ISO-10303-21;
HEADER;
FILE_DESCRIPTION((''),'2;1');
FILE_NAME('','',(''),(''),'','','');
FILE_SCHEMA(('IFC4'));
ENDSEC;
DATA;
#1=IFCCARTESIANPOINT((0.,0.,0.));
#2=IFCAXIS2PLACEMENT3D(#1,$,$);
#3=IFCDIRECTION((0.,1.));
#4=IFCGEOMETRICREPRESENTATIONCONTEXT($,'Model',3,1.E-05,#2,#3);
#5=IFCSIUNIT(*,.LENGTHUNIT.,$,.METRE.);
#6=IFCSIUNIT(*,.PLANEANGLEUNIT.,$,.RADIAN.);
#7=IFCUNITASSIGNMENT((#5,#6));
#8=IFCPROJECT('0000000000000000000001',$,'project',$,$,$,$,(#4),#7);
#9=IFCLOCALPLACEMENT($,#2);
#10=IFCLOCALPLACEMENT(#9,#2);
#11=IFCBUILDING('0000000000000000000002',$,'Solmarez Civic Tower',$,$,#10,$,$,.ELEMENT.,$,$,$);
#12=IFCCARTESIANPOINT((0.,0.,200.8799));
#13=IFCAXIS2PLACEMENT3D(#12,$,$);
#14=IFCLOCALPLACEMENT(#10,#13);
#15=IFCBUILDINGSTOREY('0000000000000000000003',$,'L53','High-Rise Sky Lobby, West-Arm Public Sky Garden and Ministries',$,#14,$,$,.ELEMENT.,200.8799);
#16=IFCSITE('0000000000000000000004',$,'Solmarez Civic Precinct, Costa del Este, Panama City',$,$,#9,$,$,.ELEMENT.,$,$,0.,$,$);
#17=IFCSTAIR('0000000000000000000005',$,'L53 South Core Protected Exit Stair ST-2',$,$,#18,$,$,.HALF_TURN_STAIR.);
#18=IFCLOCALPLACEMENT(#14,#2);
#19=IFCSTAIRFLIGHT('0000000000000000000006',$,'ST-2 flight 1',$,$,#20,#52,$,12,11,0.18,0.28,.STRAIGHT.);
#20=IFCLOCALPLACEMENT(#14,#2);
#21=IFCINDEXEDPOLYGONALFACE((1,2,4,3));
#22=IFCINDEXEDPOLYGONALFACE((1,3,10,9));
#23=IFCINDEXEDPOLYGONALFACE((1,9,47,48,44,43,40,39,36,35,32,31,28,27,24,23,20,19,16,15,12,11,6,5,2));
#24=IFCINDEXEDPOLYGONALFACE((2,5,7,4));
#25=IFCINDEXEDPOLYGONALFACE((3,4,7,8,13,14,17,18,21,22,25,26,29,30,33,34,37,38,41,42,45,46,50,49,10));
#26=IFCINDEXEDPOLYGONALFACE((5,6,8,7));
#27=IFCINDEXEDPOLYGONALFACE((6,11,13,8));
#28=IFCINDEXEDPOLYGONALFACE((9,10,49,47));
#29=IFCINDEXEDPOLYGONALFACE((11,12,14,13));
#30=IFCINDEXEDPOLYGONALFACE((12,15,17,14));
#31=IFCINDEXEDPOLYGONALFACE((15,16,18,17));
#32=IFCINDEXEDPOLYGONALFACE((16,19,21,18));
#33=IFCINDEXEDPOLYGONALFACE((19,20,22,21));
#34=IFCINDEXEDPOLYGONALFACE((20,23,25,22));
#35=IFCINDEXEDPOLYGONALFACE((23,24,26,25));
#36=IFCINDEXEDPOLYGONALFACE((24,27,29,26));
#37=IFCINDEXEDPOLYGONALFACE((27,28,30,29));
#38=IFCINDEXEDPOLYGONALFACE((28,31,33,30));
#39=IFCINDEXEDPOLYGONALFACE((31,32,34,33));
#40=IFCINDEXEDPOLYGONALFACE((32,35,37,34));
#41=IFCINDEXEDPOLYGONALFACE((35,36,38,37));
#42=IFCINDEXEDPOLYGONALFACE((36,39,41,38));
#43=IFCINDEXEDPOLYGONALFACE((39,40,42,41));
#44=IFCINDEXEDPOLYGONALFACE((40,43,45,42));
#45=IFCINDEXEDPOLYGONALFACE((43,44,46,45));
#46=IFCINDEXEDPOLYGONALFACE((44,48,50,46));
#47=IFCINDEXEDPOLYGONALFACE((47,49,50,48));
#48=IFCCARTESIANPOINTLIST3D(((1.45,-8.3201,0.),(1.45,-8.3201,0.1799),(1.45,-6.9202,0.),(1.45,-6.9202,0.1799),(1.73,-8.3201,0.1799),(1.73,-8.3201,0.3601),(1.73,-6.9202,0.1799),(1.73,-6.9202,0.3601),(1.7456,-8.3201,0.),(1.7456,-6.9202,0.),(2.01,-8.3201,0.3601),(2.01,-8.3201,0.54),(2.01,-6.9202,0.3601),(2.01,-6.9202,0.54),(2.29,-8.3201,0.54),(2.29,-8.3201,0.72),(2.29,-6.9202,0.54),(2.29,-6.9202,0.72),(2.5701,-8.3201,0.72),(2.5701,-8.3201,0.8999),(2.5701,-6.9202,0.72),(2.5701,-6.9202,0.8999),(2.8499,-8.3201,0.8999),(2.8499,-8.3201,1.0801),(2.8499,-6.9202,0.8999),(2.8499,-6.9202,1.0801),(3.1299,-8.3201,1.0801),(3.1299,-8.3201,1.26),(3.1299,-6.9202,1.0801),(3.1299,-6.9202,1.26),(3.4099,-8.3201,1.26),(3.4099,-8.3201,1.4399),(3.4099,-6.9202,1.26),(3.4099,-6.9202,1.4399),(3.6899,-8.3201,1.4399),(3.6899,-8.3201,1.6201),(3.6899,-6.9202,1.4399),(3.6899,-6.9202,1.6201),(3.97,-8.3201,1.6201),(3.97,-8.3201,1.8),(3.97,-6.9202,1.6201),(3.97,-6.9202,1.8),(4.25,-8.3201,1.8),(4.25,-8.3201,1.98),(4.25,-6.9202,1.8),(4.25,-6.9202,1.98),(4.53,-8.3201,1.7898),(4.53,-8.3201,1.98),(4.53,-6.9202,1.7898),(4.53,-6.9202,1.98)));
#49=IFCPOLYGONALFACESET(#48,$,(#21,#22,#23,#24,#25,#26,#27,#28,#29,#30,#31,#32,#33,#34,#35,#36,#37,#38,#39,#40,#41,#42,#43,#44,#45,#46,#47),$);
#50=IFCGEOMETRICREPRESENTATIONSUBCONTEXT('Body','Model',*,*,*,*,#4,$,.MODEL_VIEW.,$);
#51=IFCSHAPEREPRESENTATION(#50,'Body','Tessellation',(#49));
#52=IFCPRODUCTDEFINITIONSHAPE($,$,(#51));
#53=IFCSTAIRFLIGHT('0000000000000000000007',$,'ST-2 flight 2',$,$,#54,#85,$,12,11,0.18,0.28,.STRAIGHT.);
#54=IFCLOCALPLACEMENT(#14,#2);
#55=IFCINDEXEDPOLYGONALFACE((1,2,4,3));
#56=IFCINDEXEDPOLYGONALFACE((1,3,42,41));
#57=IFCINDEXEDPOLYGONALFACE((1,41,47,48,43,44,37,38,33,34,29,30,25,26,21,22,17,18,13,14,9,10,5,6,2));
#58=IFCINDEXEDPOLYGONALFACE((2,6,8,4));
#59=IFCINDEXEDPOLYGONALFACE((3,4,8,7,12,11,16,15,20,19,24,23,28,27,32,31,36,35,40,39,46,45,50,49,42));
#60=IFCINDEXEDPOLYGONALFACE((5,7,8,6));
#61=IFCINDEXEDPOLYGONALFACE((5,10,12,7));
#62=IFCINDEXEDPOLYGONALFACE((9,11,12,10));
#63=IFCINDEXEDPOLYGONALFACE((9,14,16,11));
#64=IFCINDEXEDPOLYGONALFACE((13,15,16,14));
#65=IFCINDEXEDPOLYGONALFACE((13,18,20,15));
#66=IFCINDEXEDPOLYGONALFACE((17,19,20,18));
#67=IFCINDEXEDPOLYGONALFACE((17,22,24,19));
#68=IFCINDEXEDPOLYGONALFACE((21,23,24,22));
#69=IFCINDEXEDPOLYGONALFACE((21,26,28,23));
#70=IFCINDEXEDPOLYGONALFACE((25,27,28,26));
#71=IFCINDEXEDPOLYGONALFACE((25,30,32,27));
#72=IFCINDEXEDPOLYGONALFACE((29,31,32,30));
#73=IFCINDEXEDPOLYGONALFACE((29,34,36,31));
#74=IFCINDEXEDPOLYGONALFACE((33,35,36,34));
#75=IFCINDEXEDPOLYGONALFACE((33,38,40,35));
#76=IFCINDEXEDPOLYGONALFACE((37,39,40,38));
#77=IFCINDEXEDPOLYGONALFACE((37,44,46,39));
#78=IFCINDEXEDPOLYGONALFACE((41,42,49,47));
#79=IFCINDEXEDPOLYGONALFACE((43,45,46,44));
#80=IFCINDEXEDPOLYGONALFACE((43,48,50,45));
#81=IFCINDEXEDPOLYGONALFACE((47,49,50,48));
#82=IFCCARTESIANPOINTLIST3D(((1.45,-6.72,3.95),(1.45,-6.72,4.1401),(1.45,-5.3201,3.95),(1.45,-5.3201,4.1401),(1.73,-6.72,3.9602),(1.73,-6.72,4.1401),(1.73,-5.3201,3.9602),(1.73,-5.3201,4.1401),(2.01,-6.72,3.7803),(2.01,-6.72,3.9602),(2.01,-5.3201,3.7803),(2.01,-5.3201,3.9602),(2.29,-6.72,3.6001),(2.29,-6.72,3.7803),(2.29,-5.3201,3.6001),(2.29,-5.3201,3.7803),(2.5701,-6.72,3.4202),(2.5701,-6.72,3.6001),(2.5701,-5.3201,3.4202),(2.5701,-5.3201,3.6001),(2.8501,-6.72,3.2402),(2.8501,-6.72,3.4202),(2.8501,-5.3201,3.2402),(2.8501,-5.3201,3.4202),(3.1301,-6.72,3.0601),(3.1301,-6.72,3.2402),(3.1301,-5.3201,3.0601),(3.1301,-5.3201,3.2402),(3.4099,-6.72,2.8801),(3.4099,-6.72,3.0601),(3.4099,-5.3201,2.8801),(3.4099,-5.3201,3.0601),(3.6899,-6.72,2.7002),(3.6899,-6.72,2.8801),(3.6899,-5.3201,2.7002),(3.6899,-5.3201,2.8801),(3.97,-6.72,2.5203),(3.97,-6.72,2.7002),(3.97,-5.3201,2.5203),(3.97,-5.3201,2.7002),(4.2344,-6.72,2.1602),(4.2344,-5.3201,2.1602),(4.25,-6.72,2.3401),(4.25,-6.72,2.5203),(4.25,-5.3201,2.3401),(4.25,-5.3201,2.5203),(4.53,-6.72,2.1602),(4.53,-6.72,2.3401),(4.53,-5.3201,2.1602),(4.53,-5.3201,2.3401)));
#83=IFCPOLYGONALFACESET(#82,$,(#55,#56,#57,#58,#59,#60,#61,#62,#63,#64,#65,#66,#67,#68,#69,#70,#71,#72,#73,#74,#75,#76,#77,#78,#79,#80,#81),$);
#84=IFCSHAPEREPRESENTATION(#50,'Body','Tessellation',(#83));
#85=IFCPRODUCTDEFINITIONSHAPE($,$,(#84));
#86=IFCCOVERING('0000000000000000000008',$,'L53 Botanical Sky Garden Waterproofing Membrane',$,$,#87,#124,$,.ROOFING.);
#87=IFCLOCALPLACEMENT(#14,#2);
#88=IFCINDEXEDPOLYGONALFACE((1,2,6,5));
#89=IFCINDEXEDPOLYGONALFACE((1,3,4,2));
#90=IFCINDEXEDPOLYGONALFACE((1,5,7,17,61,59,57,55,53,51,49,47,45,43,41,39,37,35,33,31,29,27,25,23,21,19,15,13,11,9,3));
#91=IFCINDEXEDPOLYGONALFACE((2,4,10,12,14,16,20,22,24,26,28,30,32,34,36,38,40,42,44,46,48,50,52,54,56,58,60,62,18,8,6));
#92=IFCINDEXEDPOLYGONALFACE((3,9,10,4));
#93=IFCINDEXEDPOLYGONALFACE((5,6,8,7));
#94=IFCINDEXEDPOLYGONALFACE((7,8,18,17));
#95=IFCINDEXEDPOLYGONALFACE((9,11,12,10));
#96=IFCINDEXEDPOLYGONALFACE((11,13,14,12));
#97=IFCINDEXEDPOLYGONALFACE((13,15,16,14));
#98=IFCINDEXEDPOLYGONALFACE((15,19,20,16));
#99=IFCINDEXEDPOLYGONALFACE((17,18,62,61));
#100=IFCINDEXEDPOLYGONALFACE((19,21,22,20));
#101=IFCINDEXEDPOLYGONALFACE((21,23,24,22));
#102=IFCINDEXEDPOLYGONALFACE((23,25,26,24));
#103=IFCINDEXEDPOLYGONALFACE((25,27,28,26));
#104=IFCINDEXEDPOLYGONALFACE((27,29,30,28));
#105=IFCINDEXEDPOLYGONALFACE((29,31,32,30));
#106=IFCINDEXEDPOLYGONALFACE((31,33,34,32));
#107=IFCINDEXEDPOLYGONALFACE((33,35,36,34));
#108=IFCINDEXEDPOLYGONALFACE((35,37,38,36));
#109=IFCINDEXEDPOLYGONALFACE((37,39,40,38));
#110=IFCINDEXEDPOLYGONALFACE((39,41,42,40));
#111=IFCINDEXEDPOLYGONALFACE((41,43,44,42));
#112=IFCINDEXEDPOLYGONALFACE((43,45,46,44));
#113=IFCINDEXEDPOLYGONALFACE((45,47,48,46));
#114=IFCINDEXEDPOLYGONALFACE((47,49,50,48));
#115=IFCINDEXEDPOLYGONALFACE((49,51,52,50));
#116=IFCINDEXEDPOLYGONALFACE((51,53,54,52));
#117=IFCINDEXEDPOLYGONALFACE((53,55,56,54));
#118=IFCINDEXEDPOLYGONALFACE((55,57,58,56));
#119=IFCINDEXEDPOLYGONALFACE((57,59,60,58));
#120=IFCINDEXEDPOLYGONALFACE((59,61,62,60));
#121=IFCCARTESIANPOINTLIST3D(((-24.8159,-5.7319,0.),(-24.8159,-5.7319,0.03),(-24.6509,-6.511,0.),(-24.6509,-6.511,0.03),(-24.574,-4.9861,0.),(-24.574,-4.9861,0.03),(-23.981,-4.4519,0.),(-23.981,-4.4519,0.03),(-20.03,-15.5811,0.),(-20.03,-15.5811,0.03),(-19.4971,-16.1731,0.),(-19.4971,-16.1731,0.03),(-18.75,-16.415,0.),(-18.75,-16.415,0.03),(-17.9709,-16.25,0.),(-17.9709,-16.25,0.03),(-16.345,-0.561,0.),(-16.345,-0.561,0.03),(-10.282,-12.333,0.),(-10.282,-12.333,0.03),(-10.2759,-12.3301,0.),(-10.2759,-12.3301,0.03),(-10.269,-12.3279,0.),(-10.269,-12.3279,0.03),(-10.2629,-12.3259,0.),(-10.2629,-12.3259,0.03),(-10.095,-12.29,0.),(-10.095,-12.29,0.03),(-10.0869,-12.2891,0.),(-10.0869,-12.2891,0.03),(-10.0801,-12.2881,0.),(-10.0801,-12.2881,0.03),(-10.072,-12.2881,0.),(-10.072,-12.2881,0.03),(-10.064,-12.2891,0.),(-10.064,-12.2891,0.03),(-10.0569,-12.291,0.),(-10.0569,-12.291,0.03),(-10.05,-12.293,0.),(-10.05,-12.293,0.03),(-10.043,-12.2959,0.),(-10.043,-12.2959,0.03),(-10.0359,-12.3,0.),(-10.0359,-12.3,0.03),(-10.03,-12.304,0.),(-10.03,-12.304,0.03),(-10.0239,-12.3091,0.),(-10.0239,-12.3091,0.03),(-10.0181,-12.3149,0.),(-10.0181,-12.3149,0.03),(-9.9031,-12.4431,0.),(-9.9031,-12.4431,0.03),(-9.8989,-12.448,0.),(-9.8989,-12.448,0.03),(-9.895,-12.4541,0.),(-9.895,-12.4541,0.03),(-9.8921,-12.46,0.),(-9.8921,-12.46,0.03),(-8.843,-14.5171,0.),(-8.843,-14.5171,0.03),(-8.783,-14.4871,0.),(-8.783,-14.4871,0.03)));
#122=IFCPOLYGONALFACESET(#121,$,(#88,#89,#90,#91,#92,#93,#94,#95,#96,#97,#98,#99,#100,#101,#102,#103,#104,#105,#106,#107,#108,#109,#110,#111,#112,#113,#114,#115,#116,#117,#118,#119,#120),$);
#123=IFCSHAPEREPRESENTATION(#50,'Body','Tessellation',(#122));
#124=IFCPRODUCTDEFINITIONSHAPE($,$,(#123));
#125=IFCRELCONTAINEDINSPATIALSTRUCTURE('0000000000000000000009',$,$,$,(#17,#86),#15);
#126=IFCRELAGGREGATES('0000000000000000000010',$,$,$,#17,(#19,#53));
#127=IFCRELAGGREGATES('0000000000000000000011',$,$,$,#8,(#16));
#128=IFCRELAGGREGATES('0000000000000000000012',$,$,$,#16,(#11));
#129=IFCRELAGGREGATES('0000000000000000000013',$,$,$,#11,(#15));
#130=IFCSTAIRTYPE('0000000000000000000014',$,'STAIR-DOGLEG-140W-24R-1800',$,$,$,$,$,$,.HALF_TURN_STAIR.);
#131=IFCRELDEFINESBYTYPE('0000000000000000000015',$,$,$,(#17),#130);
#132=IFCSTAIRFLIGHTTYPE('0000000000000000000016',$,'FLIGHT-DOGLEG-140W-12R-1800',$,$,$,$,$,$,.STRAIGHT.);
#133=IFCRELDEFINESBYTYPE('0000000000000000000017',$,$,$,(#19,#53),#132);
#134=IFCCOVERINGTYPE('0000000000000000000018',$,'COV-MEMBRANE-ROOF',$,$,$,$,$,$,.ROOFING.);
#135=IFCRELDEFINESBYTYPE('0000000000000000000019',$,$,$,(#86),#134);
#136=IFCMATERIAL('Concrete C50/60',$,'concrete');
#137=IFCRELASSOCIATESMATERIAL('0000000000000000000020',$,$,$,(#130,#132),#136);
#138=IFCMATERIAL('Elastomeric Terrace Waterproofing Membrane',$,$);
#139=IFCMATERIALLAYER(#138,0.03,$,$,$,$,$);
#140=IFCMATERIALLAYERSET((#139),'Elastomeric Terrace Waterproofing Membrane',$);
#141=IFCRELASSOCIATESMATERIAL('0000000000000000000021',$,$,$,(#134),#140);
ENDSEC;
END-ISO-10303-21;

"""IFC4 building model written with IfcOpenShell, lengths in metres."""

from ifc_helpers import new_model, si_unit, direction, frame, origin, place, context, subcontext, project, spatial, polyline, outline, extrude, material, layer, layer_set, type_object, element, aggregate, save


model = new_model("IFC4")

# Units and contexts
model_context = context("Model", 3, precision=1e-05, world=origin(), true_north=direction((0.0, 1.0)))
body_context = subcontext(model_context, "Body", "Model", "MODEL_VIEW")
ifc_project = project(units=[si_unit("LENGTHUNIT", "METRE"), si_unit("PLANEANGLEUNIT", "RADIAN")], contexts=[model_context])

# Site, building, storey
site_placement = place(None, origin())
site = spatial("IfcSite", under=ifc_project, at=site_placement, Name="Solmarez Civic Precinct, Costa del Este, Panama City", CompositionType="ELEMENT", RefElevation=0.0)
building_placement = place(site_placement, origin())
building = spatial("IfcBuilding", under=site, at=building_placement, Name="Solmarez Civic Tower", CompositionType="ELEMENT")
storey_placement = place(building_placement, frame((0.0, 0.0, 200.8799)))
storey = spatial("IfcBuildingStorey", under=building, at=storey_placement, Name="L53", Description="High-Rise Sky Lobby, West-Arm Public Sky Garden and Ministries", CompositionType="ELEMENT", Elevation=200.8799)

# Shared definitions
ifc_material_1 = material(Name="Concrete C50/60", Category="concrete")

# Stair, stair flights
stair_type = type_object("IfcStairType", Name="STAIR-DOGLEG-140W-24R-1800", PredefinedType="HALF_TURN_STAIR", material=ifc_material_1)
stair_placement = place(storey_placement, origin())
stair = element("IfcStair", 1, at=stair_placement, inside=storey, type_object=stair_type, Name="L53 South Core Protected Exit Stair ST-2", PredefinedType="HALF_TURN_STAIR")
stair_flight_type = type_object("IfcStairFlightType", Name="FLIGHT-DOGLEG-140W-12R-1800", PredefinedType="STRAIGHT", material=ifc_material_1)
stair_flight_1_placement = place(storey_placement, frame((1.45, -7.6201, 0.0), z_axis=(0.0, 0.0, 1.0), x_axis=(1.0, 0.0, 0.0)))
stair_flight_1 = element("IfcStairFlight", 2, at=stair_flight_1_placement, type_object=stair_flight_type, Name="ST-2 flight 1", NumberOfRisers=12, NumberOfTreads=11, PredefinedType="STRAIGHT", RiserHeight=0.18, TreadLength=0.28, context=body_context, shape_type="SweptSolid", body=[
    extrude(outline(polyline([(0.0, 0.0), (0.0, 0.1799), (0.28, 0.1799), (0.28, 0.3601), (0.5601, 0.3601), (0.5601, 0.54), (0.8401, 0.54), (0.8401, 0.72), (1.1201, 0.72), (1.1201, 0.8999), (1.3999, 0.8999), (1.3999, 1.0801), (1.6799, 1.0801), (1.6799, 1.26), (1.96, 1.26), (1.96, 1.4399), (2.24, 1.4399), (2.24, 1.6201), (2.52, 1.6201), (2.52, 1.8), (2.8, 1.8), (2.8, 1.98), (3.0801, 1.98), (3.0801, 2.1599), (3.0801, 1.7898), (0.2957, 0.0), (0.0, 0.0)])), frame((0.0, 0.7, 0.0), z_axis=(0.0, -1.0, 0.0), x_axis=(1.0, 0.0, 0.0)), (0.0, 0.0, 1.0), 1.3999),
])
stair_flight_2_placement = place(storey_placement, frame((4.53, -6.02, 2.1602), z_axis=(0.0, 0.0, 1.0), x_axis=(-1.0, 0.0, 0.0)))
stair_flight_2 = element("IfcStairFlight", 3, at=stair_flight_2_placement, type_object=stair_flight_type, Name="ST-2 flight 2", NumberOfRisers=12, NumberOfTreads=11, PredefinedType="STRAIGHT", RiserHeight=0.18, TreadLength=0.28, context=body_context, shape_type="SweptSolid", body=[
    extrude(outline(polyline([(0.0, 0.0), (0.0, 0.1799), (0.28, 0.1799), (0.28, 0.3601), (0.5601, 0.3601), (0.5601, 0.54), (0.8401, 0.54), (0.8401, 0.72), (1.1201, 0.72), (1.1201, 0.8999), (1.3999, 0.8999), (1.3999, 1.0801), (1.6799, 1.0801), (1.6799, 1.26), (1.96, 1.26), (1.96, 1.4399), (2.24, 1.4399), (2.24, 1.6201), (2.52, 1.6201), (2.52, 1.8), (2.8, 1.8), (2.8, 1.98), (3.0801, 1.98), (3.0801, 2.1599), (3.0801, 1.7898), (0.2957, 0.0), (0.0, 0.0)])), frame((0.0, 0.7, 0.0), z_axis=(0.0, -1.0, 0.0), x_axis=(1.0, 0.0, 0.0)), (0.0, 0.0, 1.0), 1.3999),
])
aggregate(stair, [stair_flight_1, stair_flight_2])

# Covering
ifc_material_2 = material(Name="Elastomeric Terrace Waterproofing Membrane")
ifc_layer_1 = layer(ifc_material_2, 0.03)
ifc_layer_set_1 = layer_set([ifc_layer_1], Name="Elastomeric Terrace Waterproofing Membrane")
covering_type = type_object("IfcCoveringType", Name="COV-MEMBRANE-ROOF", PredefinedType="ROOFING", material=ifc_layer_set_1)
covering_placement = place(storey_placement, origin())
element("IfcCovering", 4, at=covering_placement, inside=storey, type_object=covering_type, Name="L53 Botanical Sky Garden Waterproofing Membrane", PredefinedType="ROOFING", context=body_context, shape_type="SweptSolid", body=[
    extrude(outline(polyline([(-23.981, -4.4519), (-24.574, -4.9861), (-24.8159, -5.7319), (-24.6509, -6.511), (-20.03, -15.5811), (-19.4971, -16.1731), (-18.75, -16.415), (-17.9709, -16.25), (-10.282, -12.333), (-10.2759, -12.3301), (-10.269, -12.3279), (-10.2629, -12.3259), (-10.095, -12.29), (-10.0869, -12.2891), (-10.0801, -12.2881), (-10.072, -12.2881), (-10.064, -12.2891), (-10.0569, -12.291), (-10.05, -12.293), (-10.043, -12.2959), (-10.0359, -12.3), (-10.03, -12.304), (-10.0239, -12.3091), (-10.0181, -12.3149), (-9.9031, -12.4431), (-9.8989, -12.448), (-9.895, -12.4541), (-9.8921, -12.46), (-8.843, -14.5171), (-8.783, -14.4871), (-16.345, -0.561), (-23.981, -4.4519)])), origin(), (0.0, 0.0, 1.0), 0.03),
])

save(model, "model.ifc")
